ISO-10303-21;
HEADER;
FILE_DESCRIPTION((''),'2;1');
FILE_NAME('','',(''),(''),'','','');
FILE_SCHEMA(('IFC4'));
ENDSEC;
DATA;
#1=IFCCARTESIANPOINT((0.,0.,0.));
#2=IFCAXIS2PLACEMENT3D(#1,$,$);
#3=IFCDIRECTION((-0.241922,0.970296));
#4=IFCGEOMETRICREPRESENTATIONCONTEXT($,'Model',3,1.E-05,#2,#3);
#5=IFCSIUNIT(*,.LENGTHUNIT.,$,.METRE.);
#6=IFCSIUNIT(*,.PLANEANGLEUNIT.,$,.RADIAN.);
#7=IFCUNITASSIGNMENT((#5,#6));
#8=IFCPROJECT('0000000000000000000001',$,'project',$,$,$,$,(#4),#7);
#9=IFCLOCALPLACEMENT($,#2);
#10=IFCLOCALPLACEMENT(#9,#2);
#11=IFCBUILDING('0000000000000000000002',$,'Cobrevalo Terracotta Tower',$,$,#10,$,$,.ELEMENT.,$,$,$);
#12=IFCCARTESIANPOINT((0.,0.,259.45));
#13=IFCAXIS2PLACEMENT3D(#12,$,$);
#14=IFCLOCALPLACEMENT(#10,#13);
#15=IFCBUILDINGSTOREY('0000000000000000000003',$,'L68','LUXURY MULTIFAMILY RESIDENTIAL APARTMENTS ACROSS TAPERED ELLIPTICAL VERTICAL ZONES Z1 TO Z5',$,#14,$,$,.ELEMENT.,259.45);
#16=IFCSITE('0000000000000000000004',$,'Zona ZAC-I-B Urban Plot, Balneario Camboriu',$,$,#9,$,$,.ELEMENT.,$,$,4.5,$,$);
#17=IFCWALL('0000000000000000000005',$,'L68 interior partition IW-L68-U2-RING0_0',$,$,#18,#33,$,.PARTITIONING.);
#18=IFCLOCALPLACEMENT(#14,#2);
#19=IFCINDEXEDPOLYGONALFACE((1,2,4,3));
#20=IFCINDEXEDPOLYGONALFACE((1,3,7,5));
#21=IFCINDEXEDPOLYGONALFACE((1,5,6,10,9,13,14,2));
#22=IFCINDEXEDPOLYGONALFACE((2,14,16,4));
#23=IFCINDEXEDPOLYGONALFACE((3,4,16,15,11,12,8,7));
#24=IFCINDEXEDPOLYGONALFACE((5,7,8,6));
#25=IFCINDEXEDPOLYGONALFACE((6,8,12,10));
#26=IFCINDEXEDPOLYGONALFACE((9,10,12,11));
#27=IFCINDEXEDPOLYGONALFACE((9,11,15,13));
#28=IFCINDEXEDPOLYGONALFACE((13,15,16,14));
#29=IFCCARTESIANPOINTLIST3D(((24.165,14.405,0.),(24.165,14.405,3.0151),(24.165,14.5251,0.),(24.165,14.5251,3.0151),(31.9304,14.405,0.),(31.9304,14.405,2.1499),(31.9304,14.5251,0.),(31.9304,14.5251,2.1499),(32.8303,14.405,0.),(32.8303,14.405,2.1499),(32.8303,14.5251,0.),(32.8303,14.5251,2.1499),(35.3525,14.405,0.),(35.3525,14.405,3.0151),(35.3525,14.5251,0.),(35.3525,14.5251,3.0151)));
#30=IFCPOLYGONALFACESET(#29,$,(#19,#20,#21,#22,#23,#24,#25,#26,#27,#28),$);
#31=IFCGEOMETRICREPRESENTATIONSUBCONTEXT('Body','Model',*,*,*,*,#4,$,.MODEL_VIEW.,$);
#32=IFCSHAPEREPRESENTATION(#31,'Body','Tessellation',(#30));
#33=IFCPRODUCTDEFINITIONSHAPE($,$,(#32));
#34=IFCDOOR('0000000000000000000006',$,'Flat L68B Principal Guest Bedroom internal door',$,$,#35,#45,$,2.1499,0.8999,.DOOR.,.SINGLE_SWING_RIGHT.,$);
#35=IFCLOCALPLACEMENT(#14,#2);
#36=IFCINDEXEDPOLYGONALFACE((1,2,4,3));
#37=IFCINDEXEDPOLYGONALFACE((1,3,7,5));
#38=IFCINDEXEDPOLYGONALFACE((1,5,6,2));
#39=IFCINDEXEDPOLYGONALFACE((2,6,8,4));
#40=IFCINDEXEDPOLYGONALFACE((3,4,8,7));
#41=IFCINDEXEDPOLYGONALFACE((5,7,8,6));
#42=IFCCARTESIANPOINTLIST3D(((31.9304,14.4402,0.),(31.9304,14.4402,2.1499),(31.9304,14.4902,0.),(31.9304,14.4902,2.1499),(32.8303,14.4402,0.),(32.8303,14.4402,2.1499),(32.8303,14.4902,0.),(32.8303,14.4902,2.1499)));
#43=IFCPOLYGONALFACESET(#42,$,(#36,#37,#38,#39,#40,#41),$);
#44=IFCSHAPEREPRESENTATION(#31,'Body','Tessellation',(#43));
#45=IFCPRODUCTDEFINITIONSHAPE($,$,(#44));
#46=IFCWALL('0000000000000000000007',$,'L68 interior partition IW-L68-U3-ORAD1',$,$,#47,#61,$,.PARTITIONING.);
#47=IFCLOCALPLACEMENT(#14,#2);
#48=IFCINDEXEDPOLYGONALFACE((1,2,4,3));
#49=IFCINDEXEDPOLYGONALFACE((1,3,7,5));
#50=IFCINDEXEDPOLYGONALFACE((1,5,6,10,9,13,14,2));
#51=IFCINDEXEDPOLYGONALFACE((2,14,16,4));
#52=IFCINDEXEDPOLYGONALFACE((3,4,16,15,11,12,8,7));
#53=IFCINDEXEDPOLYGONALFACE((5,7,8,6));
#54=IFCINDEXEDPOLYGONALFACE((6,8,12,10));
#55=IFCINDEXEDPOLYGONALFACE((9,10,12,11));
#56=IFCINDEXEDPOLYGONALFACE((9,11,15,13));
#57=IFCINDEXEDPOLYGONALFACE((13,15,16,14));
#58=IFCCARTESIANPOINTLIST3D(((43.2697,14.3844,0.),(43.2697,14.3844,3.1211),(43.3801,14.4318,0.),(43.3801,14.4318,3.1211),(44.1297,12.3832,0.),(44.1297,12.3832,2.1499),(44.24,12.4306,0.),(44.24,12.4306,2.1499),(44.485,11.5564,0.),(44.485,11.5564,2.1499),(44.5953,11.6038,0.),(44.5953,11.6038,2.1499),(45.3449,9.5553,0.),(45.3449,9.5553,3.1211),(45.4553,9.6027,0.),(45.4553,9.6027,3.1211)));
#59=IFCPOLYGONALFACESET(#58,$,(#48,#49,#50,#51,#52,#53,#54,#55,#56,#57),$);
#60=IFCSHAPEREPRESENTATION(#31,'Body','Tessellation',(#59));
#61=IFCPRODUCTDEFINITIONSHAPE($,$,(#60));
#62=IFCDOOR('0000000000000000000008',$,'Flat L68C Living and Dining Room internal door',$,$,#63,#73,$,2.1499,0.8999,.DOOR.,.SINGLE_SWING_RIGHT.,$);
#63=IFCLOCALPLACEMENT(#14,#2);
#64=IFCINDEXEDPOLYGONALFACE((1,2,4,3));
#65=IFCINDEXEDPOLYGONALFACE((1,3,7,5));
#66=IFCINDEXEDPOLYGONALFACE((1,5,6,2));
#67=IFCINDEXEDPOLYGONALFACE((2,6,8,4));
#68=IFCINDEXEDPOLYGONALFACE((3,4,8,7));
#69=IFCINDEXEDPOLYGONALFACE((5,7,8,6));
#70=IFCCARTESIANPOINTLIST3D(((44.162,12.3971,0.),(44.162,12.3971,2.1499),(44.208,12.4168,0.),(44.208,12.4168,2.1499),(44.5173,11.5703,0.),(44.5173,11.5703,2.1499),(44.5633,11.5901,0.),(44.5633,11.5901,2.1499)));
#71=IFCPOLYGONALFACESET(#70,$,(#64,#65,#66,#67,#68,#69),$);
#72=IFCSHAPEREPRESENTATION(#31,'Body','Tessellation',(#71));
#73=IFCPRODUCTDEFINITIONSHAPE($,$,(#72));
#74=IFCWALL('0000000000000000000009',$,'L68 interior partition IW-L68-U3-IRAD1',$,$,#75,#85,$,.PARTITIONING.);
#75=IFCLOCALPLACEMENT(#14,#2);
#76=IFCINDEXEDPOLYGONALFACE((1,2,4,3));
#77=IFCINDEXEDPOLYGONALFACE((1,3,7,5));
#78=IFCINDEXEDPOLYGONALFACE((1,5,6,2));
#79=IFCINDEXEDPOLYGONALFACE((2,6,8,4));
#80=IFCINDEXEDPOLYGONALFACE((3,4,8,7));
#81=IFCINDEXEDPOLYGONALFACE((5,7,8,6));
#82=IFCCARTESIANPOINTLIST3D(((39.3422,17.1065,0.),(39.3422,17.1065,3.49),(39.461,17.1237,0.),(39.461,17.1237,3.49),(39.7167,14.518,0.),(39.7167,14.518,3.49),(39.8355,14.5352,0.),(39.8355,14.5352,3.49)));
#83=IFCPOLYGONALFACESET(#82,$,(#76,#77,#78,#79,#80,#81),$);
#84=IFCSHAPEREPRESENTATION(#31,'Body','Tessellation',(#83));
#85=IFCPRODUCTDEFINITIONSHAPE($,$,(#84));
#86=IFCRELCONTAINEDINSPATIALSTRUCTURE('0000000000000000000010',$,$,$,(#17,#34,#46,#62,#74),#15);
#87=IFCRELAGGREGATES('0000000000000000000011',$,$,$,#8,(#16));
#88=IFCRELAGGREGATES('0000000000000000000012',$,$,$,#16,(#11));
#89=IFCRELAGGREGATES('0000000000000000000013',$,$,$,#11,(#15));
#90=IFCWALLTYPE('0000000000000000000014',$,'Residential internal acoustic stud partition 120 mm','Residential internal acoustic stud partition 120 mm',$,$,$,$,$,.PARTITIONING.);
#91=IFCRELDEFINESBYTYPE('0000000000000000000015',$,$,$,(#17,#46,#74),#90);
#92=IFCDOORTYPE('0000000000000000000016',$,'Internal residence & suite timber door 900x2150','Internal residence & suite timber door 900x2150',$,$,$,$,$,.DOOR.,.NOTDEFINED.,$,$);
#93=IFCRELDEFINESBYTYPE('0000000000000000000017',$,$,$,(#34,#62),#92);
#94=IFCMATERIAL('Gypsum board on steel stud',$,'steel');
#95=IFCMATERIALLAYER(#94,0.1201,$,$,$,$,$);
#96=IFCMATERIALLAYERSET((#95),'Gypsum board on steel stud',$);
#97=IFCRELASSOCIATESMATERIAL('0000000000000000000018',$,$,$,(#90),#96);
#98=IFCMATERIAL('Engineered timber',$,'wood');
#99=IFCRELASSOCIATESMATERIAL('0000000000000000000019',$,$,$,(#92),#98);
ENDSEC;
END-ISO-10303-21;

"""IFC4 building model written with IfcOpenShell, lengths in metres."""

from ifc_helpers import new_model, si_unit, direction, frame, frame_2d, origin, place, context, subcontext, project, spatial, rectangle, extrude, source, transform, mapped, material, layer, layer_set, type_object, element, fill, save


model = new_model("IFC4")

# Units and contexts
model_context = context("Model", 3, precision=1e-05, world=origin(), true_north=direction((-0.241922, 0.970296)))
body_context = subcontext(model_context, "Body", "Model", "MODEL_VIEW")
ifc_project = project(units=[si_unit("LENGTHUNIT", "METRE"), si_unit("PLANEANGLEUNIT", "RADIAN")], contexts=[model_context])

# Site, building, storey
site_placement = place(None, origin())
site = spatial("IfcSite", under=ifc_project, at=site_placement, Name="Zona ZAC-I-B Urban Plot, Balneario Camboriu", CompositionType="ELEMENT", RefElevation=4.5)
building_placement = place(site_placement, origin())
building = spatial("IfcBuilding", under=site, at=building_placement, Name="Cobrevalo Terracotta Tower", CompositionType="ELEMENT")
storey_placement = place(building_placement, frame((0.0, 0.0, 259.45)))
storey = spatial("IfcBuildingStorey", under=building, at=storey_placement, Name="L68", Description="LUXURY MULTIFAMILY RESIDENTIAL APARTMENTS ACROSS TAPERED ELLIPTICAL VERTICAL ZONES Z1 TO Z5", CompositionType="ELEMENT", Elevation=259.45)

# Walls, openings, doors
ifc_material_1 = material(Name="Gypsum board on steel stud", Category="steel")
ifc_layer_1 = layer(ifc_material_1, 0.1201)
ifc_layer_set_1 = layer_set([ifc_layer_1], Name="Gypsum board on steel stud")
wall_type_1 = type_object("IfcWallType", Name="Residential internal acoustic stud partition 120 mm", Description="Residential internal acoustic stud partition 120 mm", PredefinedType="PARTITIONING", material=ifc_layer_set_1)
wall_1_placement = place(storey_placement, frame((35.3525, 14.4651, 0.0), z_axis=(0.0, 0.0, 1.0), x_axis=(-1.0, 0.0, 0.0)))
wall_1 = element("IfcWall", 1, at=wall_1_placement, inside=storey, type_object=wall_type_1, Name="L68 interior partition IW-L68-U2-RING0_0", PredefinedType="PARTITIONING", context=body_context, shape_type="SweptSolid", body=[
    extrude(rectangle(XDim=11.1875, YDim=0.1201, at=frame_2d((5.5938, 0.0))), origin(), (0.0, 0.0, 1.0), 3.0151),
])
opening_1_placement = place(wall_1_placement, frame((2.5222, 0.0, 0.0)))
opening_1 = element("IfcOpeningElement", 2, at=opening_1_placement, cuts=wall_1, PredefinedType="OPENING", context=body_context, shape_type="SweptSolid", body=[
    extrude(rectangle(XDim=0.8999, YDim=2.1499, at=frame_2d((0.45, 1.075))), frame((0.0, 0.0701, 0.0), z_axis=(0.0, -1.0, 0.0), x_axis=(1.0, 0.0, 0.0)), (0.0, 0.0, 1.0), 0.1401),
])
ifc_material_2 = material(Name="Engineered timber", Category="wood")
door_type = type_object("IfcDoorType", Name="Internal residence & suite timber door 900x2150", Description="Internal residence & suite timber door 900x2150", OperationType="NOTDEFINED", PredefinedType="DOOR", material=ifc_material_2)
shared_shape_1 = source(origin(), body_context, "Body", "SweptSolid", [
    extrude(rectangle(XDim=0.8999, YDim=2.1499, at=frame_2d((0.45, 1.075))), frame((0.0, 0.0249, 0.0), z_axis=(0.0, -1.0, 0.0), x_axis=(1.0, 0.0, 0.0)), (0.0, 0.0, 1.0), 0.05),
])
door_1_placement = place(opening_1_placement, origin())
door_1 = element("IfcDoor", 3, at=door_1_placement, inside=storey, type_object=door_type, Name="Flat L68B Principal Guest Bedroom internal door", OperationType="SINGLE_SWING_RIGHT", OverallHeight=2.1499, OverallWidth=0.8999, PredefinedType="DOOR", context=body_context, shape_type="MappedRepresentation", body=[
    mapped(shared_shape_1, transform((0.0, 0.0, 0.0), scale=1.0)),
])
fill(opening_1, door_1)
wall_2_placement = place(storey_placement, frame((43.325, 14.408, 0.0), z_axis=(0.0, 0.0, 1.0), x_axis=(0.394816, -0.91876, 0.0)))
wall_2 = element("IfcWall", 4, at=wall_2_placement, inside=storey, type_object=wall_type_1, Name="L68 interior partition IW-L68-U3-ORAD1", PredefinedType="PARTITIONING", context=body_context, shape_type="SweptSolid", body=[
    extrude(rectangle(XDim=5.2561, YDim=0.1201, at=frame_2d((2.6279, 0.0))), origin(), (0.0, 0.0, 1.0), 3.1211),
])
opening_2_placement = place(wall_2_placement, frame((2.178, 0.0, 0.0)))
opening_2 = element("IfcOpeningElement", 5, at=opening_2_placement, cuts=wall_2, PredefinedType="OPENING", context=body_context, shape_type="SweptSolid", body=[
    extrude(rectangle(XDim=0.8999, YDim=2.1499, at=frame_2d((0.45, 1.075))), frame((0.0, 0.0701, 0.0), z_axis=(0.0, -1.0, 0.0), x_axis=(1.0, 0.0, 0.0)), (0.0, 0.0, 1.0), 0.1401),
])
door_2_placement = place(opening_2_placement, frame((0.8999, 0.0, 0.0), z_axis=(0.0, 0.0, 1.0), x_axis=(-1.0, 0.0, 0.0)))
door_2 = element("IfcDoor", 6, at=door_2_placement, inside=storey, type_object=door_type, Name="Flat L68C Living and Dining Room internal door", OperationType="SINGLE_SWING_RIGHT", OverallHeight=2.1499, OverallWidth=0.8999, PredefinedType="DOOR", context=body_context, shape_type="MappedRepresentation", body=[
    mapped(shared_shape_1, transform((0.0, 0.0, 0.0), scale=1.0)),
])
fill(opening_2, door_2)

# Wall
wall_3_placement = place(storey_placement, frame((39.4016, 17.115, 0.0), z_axis=(0.0, 0.0, 1.0), x_axis=(0.143185, -0.989696, 0.0)))
element("IfcWall", 7, at=wall_3_placement, inside=storey, type_object=wall_type_1, Name="L68 interior partition IW-L68-U3-IRAD1", PredefinedType="PARTITIONING", context=body_context, shape_type="SweptSolid", body=[
    extrude(rectangle(XDim=2.6155, YDim=0.1201, at=frame_2d((1.3076, 0.0))), origin(), (0.0, 0.0, 1.0), 3.49),
])

save(model, "model.ifc")
